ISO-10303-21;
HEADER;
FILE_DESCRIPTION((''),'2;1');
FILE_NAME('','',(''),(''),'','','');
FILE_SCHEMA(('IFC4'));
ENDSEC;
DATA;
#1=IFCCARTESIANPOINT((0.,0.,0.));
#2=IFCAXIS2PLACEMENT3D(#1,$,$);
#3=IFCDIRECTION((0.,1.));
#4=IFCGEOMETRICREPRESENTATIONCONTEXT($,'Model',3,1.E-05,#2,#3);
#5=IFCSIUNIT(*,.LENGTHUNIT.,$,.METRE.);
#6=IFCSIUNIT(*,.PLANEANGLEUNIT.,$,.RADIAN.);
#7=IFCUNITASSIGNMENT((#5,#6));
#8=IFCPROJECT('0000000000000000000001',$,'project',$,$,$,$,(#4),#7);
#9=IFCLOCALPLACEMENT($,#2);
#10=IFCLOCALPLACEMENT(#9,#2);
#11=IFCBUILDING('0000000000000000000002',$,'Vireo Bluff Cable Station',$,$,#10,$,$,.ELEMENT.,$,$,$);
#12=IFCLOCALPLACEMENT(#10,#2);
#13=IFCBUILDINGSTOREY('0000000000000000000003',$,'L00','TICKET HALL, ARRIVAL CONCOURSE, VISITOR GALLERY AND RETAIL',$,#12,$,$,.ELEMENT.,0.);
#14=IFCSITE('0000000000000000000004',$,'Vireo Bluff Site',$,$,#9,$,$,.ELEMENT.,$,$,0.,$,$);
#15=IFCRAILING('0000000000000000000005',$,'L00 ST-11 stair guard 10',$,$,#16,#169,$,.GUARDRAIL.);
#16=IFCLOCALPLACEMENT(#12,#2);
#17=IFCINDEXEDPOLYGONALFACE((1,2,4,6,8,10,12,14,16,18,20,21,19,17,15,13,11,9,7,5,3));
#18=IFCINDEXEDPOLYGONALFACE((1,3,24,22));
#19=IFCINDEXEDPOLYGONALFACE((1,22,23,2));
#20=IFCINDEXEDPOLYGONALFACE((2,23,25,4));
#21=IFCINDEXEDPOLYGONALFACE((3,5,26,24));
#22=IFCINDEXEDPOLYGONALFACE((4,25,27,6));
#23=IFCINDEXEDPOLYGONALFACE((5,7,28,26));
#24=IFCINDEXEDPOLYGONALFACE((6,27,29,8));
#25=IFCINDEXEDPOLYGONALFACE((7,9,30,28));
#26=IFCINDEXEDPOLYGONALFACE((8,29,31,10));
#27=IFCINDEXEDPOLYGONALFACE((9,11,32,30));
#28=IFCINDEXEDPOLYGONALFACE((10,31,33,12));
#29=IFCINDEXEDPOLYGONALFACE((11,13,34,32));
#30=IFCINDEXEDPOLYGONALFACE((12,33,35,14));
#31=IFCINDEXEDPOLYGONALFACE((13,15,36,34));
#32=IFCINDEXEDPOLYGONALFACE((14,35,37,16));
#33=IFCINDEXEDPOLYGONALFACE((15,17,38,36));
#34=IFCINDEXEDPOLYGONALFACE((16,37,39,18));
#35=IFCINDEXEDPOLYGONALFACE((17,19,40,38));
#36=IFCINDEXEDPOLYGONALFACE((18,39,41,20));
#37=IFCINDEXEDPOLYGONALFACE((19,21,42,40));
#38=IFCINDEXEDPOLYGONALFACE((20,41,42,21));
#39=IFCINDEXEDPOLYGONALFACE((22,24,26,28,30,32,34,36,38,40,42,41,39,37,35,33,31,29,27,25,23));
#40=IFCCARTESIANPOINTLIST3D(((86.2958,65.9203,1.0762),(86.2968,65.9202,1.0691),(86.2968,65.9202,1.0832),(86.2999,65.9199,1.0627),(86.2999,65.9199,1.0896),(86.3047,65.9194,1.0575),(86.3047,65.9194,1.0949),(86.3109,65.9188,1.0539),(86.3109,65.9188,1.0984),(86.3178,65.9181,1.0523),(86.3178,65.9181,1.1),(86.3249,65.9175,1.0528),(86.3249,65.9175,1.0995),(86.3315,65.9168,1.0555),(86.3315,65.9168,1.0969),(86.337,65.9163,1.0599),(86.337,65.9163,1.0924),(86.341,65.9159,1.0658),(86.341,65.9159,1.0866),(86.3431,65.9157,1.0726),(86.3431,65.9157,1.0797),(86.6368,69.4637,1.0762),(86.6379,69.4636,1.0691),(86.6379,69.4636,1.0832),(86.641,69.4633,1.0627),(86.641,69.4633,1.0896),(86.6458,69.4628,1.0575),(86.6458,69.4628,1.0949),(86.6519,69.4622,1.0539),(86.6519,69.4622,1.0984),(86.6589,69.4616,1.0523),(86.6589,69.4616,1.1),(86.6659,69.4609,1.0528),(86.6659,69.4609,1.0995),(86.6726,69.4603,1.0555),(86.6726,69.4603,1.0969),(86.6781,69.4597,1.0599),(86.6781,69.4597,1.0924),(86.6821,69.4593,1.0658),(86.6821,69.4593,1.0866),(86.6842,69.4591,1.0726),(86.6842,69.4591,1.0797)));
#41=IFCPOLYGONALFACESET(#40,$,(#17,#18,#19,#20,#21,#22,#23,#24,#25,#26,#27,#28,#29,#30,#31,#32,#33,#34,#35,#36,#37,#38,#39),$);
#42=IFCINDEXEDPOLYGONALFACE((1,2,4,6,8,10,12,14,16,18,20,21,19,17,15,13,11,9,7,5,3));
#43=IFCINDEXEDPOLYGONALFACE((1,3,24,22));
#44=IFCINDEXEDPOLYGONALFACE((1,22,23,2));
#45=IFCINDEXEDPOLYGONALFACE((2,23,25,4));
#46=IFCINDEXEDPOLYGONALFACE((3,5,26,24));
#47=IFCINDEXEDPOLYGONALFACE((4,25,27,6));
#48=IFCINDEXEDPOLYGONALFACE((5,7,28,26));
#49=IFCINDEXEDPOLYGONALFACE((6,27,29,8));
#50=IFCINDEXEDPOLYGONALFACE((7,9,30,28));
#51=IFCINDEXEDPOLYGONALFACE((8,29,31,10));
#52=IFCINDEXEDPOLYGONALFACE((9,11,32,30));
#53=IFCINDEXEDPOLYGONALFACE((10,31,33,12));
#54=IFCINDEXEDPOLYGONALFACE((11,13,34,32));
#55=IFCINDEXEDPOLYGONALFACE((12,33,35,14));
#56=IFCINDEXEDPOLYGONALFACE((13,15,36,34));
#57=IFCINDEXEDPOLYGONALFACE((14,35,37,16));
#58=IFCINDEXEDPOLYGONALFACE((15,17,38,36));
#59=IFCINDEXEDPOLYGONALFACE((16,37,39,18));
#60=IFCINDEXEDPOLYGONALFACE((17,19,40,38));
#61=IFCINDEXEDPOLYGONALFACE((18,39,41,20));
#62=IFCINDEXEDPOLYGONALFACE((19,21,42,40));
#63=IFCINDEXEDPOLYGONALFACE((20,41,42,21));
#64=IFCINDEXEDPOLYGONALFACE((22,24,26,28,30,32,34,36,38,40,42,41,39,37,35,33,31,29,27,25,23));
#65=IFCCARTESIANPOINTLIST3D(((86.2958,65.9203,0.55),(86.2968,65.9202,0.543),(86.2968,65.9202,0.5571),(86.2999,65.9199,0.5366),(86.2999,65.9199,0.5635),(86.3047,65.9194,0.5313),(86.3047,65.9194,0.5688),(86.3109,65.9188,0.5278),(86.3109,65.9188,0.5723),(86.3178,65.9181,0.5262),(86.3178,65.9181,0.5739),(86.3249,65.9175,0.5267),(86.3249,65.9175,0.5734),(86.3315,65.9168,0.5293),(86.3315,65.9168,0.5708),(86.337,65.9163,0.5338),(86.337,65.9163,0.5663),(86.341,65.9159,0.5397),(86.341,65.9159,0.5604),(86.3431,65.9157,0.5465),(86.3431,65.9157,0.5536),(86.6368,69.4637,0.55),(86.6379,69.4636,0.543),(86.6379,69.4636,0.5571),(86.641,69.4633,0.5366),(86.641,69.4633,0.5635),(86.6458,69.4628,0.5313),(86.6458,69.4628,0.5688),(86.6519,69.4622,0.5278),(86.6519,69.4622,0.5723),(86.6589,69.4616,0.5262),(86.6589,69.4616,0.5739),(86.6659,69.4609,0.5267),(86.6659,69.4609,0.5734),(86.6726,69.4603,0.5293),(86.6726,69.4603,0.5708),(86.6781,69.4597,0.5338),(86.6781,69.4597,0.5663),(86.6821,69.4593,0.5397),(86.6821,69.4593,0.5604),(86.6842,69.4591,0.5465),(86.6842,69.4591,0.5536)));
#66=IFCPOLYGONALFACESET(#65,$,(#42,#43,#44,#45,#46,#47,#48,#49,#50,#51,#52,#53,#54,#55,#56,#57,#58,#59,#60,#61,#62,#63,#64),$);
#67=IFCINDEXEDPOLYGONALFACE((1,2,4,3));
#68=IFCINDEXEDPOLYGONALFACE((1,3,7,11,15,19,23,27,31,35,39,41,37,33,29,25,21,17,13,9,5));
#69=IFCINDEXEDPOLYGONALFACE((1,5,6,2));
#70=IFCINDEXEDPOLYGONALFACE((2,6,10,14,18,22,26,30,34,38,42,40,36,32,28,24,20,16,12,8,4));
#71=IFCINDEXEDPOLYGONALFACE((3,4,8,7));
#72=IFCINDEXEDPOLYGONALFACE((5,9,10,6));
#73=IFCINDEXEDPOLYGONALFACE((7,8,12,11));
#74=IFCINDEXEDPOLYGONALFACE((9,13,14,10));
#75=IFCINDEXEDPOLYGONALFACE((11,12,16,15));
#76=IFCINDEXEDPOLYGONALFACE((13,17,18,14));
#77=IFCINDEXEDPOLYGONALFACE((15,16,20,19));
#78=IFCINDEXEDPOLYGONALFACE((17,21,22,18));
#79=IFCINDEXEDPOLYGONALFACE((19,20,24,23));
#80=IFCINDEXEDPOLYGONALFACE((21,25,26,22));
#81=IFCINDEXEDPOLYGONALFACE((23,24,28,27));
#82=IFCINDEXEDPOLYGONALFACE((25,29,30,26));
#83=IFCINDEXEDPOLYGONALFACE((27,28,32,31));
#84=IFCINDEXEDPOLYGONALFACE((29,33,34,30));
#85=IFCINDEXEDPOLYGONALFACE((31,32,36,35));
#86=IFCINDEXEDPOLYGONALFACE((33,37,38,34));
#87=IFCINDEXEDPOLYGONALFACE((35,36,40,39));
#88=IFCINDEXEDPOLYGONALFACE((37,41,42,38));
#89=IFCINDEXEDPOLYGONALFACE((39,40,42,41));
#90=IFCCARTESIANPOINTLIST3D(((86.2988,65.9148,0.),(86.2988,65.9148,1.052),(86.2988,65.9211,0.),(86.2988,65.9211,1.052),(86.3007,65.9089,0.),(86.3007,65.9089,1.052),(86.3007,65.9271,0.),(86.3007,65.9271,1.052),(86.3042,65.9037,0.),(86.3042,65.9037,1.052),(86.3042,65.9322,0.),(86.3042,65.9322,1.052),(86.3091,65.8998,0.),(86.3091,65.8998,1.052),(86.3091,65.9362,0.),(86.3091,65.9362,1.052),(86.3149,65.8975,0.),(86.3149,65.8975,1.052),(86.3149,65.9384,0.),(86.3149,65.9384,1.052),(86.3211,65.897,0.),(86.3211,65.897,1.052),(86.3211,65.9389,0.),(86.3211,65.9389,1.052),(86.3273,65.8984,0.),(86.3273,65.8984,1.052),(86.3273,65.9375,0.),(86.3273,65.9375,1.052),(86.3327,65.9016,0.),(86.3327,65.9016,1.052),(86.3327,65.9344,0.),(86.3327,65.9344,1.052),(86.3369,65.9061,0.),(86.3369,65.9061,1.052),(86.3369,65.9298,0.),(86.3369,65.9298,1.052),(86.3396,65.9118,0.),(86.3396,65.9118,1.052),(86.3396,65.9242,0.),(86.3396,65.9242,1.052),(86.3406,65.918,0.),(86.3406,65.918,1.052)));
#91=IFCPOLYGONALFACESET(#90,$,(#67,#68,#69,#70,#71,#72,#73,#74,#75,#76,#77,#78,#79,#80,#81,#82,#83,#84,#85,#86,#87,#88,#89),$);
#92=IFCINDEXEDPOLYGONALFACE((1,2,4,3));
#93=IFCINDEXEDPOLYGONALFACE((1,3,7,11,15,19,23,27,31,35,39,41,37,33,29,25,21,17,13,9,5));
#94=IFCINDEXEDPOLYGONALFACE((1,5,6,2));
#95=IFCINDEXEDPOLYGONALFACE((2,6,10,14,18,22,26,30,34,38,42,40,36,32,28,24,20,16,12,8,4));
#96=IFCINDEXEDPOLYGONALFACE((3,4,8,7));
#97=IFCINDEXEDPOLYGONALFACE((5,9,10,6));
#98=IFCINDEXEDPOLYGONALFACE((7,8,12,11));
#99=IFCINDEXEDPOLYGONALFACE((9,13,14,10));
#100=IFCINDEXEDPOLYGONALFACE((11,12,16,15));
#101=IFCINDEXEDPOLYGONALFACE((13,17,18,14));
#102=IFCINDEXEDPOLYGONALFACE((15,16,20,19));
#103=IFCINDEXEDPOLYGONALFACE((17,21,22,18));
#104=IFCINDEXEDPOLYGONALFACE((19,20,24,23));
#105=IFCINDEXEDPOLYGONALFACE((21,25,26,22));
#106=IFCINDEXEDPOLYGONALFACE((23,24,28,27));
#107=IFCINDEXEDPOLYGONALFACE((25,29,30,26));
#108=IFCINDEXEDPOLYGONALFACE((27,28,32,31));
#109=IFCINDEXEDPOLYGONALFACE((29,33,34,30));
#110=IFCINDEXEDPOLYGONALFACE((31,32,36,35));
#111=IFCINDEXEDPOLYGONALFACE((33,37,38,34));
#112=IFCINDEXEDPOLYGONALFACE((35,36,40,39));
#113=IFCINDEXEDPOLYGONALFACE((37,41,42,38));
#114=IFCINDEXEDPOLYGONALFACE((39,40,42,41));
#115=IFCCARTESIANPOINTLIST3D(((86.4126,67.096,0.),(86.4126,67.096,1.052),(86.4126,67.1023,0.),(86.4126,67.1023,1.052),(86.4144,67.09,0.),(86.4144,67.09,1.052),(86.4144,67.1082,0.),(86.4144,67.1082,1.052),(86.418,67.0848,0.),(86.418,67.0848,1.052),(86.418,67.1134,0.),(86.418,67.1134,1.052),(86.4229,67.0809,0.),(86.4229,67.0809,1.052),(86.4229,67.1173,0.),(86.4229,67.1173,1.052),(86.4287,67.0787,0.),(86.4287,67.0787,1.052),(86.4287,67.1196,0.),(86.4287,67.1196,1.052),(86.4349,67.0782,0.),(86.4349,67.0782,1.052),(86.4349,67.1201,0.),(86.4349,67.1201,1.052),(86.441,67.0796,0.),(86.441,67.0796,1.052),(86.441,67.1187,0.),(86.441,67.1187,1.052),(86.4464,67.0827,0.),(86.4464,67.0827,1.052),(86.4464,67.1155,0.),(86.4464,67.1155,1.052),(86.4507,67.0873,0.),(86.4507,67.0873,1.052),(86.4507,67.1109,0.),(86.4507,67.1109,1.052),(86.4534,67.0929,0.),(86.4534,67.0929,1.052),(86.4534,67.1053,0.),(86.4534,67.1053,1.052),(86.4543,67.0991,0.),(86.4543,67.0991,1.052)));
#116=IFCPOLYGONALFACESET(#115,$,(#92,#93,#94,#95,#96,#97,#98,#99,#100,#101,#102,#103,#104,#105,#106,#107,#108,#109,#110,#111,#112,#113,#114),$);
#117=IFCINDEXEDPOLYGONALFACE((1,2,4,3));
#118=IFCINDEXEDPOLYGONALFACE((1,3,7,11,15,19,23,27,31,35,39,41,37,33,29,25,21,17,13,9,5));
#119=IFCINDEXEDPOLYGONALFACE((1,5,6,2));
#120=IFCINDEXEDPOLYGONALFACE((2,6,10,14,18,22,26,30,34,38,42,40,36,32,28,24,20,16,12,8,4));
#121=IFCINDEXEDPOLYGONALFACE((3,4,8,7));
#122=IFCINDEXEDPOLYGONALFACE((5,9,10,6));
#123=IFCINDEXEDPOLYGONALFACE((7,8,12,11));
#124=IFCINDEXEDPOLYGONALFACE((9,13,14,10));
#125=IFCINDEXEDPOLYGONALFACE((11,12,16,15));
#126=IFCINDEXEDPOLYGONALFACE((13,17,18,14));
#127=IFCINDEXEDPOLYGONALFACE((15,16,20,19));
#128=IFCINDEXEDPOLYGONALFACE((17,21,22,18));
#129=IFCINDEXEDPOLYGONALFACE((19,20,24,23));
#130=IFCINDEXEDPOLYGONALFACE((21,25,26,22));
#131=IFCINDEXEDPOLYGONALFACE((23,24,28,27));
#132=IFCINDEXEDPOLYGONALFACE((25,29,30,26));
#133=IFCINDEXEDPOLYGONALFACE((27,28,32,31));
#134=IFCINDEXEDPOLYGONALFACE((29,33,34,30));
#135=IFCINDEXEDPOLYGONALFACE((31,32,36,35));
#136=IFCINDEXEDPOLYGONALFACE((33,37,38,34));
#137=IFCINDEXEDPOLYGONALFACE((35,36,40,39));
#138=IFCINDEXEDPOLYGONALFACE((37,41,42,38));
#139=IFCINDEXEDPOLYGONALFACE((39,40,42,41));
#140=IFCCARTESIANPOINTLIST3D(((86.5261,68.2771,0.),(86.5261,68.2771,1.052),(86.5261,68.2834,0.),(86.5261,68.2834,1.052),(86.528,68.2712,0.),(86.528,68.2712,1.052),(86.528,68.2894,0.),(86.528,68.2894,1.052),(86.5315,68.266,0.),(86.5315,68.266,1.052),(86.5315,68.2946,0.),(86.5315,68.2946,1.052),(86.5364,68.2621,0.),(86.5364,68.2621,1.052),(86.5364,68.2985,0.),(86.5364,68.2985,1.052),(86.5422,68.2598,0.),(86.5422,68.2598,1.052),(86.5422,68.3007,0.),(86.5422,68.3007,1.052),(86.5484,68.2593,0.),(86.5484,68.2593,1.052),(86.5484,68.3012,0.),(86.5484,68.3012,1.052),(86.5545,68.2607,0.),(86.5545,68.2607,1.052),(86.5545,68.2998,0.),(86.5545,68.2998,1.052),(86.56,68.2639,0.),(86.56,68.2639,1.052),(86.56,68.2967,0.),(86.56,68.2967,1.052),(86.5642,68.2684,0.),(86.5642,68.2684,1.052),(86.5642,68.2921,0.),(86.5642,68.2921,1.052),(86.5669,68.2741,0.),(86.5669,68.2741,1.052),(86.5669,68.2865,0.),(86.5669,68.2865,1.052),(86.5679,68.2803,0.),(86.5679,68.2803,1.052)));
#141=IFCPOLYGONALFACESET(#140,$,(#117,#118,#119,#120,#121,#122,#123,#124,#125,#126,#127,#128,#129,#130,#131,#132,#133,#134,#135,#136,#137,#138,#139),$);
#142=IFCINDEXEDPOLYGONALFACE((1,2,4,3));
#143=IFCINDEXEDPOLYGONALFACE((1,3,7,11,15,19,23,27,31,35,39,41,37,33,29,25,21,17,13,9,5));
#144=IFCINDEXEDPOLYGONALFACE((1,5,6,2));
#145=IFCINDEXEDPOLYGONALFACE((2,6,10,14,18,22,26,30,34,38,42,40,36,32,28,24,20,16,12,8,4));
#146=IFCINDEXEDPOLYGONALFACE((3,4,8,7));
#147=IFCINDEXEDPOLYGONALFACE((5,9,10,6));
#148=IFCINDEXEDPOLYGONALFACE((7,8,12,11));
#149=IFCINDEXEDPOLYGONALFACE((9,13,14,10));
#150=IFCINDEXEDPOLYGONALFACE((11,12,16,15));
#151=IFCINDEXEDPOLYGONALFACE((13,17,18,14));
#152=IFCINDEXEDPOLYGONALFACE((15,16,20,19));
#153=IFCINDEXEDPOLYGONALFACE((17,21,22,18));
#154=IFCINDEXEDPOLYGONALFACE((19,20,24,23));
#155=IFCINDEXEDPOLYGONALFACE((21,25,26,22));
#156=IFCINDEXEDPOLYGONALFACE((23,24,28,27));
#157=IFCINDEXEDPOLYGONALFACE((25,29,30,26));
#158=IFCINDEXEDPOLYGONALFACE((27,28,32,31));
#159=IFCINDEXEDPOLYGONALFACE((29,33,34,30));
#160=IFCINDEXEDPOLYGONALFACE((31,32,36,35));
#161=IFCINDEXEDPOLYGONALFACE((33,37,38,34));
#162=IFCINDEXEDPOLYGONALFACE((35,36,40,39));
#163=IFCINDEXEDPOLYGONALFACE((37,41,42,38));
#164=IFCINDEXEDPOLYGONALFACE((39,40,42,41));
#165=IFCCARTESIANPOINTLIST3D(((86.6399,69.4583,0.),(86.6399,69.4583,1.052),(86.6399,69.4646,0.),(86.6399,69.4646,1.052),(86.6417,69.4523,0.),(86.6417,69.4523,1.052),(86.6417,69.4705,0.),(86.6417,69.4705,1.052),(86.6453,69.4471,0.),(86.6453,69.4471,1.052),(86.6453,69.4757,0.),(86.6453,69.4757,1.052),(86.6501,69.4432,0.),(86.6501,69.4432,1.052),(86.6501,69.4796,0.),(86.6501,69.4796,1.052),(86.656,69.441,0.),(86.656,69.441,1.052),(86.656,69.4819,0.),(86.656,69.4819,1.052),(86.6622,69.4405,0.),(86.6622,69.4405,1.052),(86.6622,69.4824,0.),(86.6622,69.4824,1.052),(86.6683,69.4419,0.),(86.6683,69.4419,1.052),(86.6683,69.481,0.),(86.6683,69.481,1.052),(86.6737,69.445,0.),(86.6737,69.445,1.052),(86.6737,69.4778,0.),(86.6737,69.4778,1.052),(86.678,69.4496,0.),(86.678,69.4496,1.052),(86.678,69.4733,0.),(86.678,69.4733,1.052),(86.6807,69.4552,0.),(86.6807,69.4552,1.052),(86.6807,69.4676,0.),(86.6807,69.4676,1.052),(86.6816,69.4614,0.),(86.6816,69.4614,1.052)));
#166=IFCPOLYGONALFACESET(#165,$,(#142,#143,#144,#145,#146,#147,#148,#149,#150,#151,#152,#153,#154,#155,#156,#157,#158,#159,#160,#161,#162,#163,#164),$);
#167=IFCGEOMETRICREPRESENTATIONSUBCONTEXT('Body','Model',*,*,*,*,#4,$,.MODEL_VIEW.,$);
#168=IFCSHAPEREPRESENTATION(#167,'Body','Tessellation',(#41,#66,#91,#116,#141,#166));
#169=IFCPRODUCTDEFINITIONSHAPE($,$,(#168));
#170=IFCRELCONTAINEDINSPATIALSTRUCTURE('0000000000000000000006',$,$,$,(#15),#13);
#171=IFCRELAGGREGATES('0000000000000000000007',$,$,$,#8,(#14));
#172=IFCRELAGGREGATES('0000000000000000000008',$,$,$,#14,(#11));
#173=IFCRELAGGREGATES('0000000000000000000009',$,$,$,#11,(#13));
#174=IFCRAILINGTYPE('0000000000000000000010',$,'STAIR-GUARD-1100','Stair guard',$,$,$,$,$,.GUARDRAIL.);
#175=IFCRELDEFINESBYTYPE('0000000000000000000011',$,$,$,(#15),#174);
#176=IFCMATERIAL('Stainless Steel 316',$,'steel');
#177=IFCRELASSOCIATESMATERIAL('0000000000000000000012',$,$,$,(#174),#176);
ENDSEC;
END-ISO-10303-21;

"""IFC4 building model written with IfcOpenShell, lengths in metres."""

from ifc_helpers import new_model, si_unit, direction, frame, origin, origin_2d, place, context, subcontext, project, spatial, circle, extrude, material, type_object, element, save


model = new_model("IFC4")

# Units and contexts
model_context = context("Model", 3, precision=1e-05, world=origin(), true_north=direction((0.0, 1.0)))
body_context = subcontext(model_context, "Body", "Model", "MODEL_VIEW")
ifc_project = project(units=[si_unit("LENGTHUNIT", "METRE"), si_unit("PLANEANGLEUNIT", "RADIAN")], contexts=[model_context])

# Site, building, storey
site_placement = place(None, origin())
site = spatial("IfcSite", under=ifc_project, at=site_placement, Name="Vireo Bluff Site", CompositionType="ELEMENT", RefElevation=0.0)
building_placement = place(site_placement, origin())
building = spatial("IfcBuilding", under=site, at=building_placement, Name="Vireo Bluff Cable Station", CompositionType="ELEMENT")
storey_placement = place(building_placement, origin())
storey = spatial("IfcBuildingStorey", under=building, at=storey_placement, Name="L00", Description="TICKET HALL, ARRIVAL CONCOURSE, VISITOR GALLERY AND RETAIL", CompositionType="ELEMENT", Elevation=0.0)

# Railing
ifc_material_1 = material(Name="Stainless Steel 316", Category="steel")
railing_type = type_object("IfcRailingType", Name="STAIR-GUARD-1100", Description="Stair guard", PredefinedType="GUARDRAIL", material=ifc_material_1)
railing_1_placement = place(storey_placement, frame((86.3196, 65.918, 0.0)))
element("IfcRailing", 1, at=railing_1_placement, inside=storey, type_object=railing_type, Name="L00 ST-11 stair guard 10", PredefinedType="GUARDRAIL", context=body_context, shape_type="SweptSolid", body=[
    extrude(circle(Radius=0.0239, at=origin_2d()), frame((0.0, 0.0, 1.0762), z_axis=(0.095809, 0.9954, 0.0), x_axis=(-0.9954, 0.095809, 0.0)), (0.0, 0.0, 1.0), 3.5598),
    extrude(circle(Radius=0.0239, at=origin_2d()), frame((0.0, 0.0, 0.55), z_axis=(0.095809, 0.9954, 0.0), x_axis=(-0.9954, 0.095809, 0.0)), (0.0, 0.0, 1.0), 3.5598),
    extrude(circle(Radius=0.021, at=origin_2d()), origin(), (0.0, 0.0, 1.0), 1.052),
    extrude(circle(Radius=0.021, at=origin_2d()), frame((0.1138, 1.1812, 0.0)), (0.0, 0.0, 1.0), 1.052),
    extrude(circle(Radius=0.021, at=origin_2d()), frame((0.2273, 2.3623, 0.0)), (0.0, 0.0, 1.0), 1.052),
    extrude(circle(Radius=0.021, at=origin_2d()), frame((0.3411, 3.5435, 0.0)), (0.0, 0.0, 1.0), 1.052),
])

save(model, "model.ifc")
